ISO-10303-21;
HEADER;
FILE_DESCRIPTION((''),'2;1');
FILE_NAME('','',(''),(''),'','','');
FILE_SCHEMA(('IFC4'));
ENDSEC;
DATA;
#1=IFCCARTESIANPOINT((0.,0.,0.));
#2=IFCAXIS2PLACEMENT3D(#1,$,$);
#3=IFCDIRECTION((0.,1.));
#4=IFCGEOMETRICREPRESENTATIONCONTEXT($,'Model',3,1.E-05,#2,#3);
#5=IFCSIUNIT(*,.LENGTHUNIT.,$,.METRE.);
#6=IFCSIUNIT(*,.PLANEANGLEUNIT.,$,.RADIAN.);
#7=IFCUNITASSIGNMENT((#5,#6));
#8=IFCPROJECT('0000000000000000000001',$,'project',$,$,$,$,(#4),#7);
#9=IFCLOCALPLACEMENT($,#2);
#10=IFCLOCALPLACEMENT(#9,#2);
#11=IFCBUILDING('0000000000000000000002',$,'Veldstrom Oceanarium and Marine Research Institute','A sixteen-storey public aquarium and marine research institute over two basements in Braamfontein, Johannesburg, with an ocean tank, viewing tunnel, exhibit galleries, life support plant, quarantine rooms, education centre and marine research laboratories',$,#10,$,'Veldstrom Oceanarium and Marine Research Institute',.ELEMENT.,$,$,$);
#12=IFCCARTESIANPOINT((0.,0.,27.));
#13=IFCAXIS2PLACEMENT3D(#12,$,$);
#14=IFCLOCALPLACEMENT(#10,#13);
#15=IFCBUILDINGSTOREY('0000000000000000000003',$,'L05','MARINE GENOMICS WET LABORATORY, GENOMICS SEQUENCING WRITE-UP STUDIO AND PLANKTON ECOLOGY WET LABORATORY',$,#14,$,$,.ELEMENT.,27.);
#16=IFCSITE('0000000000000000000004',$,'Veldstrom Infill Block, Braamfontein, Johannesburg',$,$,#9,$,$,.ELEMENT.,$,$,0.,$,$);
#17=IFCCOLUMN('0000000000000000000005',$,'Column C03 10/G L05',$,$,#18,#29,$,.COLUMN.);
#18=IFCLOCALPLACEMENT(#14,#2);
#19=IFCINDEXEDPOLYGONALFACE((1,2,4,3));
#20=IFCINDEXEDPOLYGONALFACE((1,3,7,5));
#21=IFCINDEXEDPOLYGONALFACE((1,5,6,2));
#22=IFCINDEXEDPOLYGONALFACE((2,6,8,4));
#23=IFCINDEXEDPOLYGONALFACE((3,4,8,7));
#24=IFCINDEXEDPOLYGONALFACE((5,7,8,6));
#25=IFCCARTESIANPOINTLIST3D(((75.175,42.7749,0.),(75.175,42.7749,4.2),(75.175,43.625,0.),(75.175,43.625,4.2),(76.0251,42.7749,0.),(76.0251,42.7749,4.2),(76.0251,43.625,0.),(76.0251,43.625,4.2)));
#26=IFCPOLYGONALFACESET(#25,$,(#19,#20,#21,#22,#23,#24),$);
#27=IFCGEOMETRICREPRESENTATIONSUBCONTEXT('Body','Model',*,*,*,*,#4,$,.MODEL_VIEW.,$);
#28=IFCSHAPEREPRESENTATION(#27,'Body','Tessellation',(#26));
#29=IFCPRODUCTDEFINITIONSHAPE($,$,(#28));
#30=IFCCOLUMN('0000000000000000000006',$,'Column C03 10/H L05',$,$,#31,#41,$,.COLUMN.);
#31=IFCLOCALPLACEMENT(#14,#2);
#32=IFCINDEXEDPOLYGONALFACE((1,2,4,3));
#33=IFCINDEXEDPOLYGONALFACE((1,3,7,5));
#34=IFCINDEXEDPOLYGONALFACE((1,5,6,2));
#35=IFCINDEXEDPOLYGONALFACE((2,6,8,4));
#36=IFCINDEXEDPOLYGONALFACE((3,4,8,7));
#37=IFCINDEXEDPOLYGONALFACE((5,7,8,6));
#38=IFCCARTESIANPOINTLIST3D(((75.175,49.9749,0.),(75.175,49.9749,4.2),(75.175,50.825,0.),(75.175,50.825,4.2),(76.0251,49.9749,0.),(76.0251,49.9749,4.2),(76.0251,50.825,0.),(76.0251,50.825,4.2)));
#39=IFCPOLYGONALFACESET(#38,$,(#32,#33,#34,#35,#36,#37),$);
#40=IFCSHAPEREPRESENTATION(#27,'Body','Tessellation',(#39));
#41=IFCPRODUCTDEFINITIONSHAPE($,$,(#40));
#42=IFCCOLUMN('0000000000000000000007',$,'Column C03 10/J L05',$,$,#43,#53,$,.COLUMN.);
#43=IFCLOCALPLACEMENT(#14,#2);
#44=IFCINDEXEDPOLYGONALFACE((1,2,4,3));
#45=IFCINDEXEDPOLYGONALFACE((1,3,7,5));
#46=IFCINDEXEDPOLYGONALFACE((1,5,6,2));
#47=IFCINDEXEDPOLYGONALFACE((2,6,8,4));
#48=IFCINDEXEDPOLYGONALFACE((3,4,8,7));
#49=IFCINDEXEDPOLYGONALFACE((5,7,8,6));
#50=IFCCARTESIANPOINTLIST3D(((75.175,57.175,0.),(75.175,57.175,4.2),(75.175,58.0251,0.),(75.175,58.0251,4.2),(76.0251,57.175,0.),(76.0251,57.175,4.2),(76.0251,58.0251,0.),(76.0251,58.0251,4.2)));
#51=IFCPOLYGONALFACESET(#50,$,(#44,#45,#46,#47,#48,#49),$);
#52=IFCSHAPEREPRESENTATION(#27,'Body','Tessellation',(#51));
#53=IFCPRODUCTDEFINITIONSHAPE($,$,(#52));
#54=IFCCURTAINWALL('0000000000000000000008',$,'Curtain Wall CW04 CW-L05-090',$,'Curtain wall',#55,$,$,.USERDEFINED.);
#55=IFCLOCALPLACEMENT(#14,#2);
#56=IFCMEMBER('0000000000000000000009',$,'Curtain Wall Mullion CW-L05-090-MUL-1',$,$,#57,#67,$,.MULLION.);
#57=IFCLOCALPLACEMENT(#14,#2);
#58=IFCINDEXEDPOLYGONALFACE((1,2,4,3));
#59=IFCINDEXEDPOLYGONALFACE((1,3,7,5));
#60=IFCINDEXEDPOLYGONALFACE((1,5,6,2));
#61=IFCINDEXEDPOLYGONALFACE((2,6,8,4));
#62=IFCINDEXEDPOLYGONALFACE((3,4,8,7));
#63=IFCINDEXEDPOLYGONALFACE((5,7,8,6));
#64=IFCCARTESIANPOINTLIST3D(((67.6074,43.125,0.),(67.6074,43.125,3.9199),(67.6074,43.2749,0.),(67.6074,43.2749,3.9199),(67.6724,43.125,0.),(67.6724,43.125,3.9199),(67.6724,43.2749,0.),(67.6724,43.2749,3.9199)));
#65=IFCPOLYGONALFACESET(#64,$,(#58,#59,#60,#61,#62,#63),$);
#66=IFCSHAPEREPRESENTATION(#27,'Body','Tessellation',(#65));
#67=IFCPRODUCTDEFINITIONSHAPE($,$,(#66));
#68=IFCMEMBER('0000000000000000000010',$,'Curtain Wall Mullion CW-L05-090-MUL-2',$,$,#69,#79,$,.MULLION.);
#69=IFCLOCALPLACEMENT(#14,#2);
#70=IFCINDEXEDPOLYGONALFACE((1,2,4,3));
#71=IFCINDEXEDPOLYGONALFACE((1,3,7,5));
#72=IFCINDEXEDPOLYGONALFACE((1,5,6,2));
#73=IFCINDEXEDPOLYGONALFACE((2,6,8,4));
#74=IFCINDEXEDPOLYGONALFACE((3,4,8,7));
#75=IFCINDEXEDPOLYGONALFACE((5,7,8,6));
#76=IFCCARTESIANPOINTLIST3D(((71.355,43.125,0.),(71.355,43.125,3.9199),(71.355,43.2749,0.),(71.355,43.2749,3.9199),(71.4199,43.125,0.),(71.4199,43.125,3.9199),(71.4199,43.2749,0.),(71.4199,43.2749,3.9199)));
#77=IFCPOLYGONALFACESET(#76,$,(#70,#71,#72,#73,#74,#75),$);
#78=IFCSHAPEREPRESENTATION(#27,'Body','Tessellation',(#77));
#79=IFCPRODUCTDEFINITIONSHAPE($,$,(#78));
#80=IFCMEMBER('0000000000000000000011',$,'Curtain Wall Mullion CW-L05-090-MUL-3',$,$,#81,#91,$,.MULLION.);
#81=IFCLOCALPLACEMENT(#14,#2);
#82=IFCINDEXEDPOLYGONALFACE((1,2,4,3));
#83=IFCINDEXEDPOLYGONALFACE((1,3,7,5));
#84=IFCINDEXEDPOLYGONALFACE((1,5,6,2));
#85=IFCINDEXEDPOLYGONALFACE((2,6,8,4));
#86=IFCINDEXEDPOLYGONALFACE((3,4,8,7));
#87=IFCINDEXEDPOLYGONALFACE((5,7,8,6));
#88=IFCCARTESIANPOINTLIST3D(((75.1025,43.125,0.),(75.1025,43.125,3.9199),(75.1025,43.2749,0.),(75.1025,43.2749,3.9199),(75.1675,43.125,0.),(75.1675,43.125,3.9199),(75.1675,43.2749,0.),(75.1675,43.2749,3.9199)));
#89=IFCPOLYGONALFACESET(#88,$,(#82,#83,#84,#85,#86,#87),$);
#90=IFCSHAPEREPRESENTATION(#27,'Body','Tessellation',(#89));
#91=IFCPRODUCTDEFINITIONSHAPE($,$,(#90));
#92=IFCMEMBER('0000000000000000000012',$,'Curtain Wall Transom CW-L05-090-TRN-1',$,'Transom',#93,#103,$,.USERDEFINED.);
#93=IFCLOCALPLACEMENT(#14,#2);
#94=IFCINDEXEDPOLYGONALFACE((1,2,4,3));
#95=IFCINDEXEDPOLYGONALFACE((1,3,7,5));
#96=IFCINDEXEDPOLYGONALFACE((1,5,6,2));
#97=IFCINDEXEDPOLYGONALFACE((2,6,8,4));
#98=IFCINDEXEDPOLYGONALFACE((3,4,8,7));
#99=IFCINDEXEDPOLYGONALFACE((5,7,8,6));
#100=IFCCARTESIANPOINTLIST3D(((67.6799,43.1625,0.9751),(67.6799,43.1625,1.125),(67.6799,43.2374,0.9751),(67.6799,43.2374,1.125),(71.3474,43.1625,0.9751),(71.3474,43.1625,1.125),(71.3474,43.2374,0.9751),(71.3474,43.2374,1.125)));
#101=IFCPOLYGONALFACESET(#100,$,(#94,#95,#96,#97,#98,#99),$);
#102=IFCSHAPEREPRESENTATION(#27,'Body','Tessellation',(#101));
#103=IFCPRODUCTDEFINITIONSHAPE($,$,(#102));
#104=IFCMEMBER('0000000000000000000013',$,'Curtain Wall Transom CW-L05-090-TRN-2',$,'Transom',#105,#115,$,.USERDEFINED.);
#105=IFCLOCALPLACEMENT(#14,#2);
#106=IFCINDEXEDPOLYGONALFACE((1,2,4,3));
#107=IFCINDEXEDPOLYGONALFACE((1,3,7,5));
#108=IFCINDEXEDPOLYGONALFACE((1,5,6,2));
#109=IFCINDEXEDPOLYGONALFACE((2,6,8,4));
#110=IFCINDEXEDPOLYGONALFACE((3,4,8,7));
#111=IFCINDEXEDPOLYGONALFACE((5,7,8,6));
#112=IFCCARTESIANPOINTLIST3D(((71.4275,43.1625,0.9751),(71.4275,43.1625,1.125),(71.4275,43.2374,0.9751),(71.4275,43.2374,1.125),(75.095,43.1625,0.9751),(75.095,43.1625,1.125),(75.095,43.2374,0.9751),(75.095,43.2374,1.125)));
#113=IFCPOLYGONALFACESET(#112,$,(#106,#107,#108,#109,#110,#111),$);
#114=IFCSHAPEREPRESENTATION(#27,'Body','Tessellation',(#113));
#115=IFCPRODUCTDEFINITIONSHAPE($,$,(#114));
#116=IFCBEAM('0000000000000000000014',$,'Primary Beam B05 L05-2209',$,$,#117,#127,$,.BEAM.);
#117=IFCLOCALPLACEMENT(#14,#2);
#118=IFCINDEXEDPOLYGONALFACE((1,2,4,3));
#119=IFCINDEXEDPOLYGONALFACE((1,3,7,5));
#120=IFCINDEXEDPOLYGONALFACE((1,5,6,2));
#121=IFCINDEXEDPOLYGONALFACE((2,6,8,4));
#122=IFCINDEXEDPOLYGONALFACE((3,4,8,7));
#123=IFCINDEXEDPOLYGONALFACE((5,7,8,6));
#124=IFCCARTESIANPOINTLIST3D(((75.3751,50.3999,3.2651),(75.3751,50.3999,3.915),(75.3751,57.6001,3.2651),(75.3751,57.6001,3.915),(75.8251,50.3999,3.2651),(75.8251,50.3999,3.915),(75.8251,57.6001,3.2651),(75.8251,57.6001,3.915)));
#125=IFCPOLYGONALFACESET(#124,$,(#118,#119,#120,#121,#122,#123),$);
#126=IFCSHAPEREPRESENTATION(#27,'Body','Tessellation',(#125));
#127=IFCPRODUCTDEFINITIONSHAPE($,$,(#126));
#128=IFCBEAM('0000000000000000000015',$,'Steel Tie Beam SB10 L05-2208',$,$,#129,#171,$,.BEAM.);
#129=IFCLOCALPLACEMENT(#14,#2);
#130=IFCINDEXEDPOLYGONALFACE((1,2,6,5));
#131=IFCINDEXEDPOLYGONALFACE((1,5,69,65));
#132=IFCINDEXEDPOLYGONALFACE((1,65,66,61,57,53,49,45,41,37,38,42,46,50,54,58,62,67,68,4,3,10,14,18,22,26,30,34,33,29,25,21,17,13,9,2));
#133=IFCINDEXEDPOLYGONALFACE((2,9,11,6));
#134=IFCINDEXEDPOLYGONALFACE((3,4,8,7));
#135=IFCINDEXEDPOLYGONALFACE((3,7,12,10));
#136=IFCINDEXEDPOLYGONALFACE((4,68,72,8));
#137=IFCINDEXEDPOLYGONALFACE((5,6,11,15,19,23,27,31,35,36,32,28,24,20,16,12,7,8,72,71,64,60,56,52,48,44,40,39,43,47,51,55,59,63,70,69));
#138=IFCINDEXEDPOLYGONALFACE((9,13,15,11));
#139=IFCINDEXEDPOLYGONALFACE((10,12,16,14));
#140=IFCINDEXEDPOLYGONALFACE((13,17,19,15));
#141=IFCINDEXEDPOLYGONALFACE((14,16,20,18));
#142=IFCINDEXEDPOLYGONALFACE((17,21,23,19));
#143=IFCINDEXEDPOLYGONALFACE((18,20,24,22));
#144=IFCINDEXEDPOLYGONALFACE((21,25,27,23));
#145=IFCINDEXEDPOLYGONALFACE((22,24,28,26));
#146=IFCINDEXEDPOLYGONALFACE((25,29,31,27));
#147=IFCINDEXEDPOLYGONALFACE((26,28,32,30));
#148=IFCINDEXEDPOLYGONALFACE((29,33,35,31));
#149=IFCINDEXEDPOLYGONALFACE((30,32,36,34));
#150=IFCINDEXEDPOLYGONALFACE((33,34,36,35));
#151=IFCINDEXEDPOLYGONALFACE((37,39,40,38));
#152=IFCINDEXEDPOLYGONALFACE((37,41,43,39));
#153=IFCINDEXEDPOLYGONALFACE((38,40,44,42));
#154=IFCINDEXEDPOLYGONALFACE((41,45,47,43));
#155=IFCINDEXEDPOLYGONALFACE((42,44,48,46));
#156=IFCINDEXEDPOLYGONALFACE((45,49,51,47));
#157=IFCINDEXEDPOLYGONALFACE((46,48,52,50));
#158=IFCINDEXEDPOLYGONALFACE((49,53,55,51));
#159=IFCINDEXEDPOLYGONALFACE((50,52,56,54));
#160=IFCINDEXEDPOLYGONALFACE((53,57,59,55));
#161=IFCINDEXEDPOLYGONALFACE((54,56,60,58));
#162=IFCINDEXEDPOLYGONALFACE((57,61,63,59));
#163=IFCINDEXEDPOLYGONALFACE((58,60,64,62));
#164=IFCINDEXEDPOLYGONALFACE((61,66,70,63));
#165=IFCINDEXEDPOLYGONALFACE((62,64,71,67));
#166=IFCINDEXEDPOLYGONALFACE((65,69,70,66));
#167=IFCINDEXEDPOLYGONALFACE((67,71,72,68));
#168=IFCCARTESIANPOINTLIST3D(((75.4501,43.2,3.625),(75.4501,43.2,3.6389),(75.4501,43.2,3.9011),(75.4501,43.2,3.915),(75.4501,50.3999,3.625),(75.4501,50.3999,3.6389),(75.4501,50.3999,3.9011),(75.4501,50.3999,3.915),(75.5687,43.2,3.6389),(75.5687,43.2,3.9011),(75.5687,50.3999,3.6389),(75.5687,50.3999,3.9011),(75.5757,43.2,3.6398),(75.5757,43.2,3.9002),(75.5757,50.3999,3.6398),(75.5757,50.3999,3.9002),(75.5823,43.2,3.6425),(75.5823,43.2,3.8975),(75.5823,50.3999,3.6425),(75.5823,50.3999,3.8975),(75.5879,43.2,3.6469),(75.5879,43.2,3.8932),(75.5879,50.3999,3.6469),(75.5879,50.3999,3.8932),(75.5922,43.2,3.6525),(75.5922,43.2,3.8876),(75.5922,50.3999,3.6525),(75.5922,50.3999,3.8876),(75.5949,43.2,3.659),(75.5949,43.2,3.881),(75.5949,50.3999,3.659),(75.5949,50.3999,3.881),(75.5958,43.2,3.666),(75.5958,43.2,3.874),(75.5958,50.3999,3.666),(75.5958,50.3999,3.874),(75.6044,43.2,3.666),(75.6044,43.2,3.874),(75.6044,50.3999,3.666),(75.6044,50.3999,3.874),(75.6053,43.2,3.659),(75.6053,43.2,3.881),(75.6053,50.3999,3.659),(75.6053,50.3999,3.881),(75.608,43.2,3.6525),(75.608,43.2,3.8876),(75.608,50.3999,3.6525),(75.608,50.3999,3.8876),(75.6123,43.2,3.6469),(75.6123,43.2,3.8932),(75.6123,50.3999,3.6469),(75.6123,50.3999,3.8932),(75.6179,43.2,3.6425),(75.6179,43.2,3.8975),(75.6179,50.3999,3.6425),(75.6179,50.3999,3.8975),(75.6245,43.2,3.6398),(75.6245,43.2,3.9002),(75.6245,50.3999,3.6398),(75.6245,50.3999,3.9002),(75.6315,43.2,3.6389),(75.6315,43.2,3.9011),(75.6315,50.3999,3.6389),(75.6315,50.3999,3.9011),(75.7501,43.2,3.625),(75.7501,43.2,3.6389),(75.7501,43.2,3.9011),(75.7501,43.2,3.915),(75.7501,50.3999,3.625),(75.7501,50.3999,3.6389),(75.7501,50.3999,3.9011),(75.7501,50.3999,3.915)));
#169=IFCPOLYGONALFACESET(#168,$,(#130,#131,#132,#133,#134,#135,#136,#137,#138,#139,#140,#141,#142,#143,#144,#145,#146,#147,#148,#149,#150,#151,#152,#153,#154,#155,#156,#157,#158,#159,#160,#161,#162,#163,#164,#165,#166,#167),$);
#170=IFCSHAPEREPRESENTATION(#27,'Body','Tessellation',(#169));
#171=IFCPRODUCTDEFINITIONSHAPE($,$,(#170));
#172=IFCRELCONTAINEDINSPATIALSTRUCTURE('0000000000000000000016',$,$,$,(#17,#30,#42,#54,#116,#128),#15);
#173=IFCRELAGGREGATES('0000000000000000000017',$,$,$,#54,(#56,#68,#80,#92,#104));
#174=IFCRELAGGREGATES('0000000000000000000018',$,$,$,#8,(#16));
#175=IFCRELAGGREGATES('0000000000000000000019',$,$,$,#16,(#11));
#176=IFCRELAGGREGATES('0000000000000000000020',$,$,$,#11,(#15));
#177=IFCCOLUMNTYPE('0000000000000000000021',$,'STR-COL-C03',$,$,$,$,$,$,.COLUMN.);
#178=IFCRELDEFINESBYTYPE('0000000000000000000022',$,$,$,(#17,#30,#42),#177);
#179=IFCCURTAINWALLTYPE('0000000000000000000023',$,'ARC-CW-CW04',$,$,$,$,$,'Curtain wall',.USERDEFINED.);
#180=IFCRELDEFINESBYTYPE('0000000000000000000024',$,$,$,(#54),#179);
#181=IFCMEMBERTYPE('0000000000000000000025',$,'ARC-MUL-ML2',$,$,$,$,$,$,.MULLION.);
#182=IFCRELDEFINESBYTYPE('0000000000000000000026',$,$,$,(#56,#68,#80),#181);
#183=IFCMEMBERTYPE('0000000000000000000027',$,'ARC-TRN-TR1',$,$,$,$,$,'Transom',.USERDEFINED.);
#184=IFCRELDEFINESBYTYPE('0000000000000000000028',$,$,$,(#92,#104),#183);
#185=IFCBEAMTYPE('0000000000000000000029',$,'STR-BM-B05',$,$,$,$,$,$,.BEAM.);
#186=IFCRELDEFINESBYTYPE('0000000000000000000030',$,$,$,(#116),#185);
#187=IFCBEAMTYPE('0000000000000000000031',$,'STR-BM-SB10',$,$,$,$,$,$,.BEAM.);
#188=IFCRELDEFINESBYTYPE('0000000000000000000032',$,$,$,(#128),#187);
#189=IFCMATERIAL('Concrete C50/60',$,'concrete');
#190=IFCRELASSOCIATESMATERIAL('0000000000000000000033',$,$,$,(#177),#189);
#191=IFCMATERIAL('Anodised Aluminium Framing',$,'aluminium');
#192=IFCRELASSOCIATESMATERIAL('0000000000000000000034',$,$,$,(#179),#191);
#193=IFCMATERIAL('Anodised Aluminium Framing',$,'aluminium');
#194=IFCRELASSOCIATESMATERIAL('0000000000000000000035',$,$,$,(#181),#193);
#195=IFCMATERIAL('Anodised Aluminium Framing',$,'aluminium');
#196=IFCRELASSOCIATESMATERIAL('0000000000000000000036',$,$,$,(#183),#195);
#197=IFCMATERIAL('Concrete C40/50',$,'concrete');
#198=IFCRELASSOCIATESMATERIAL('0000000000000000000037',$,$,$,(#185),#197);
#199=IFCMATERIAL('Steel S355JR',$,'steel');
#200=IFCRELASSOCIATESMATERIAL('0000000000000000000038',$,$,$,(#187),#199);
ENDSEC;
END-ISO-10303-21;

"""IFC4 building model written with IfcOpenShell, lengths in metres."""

from ifc_helpers import new_model, si_unit, direction, frame, origin, origin_2d, place, context, subcontext, project, spatial, rectangle, i_section, extrude, material, material_profile, profile_set, type_object, element, aggregate, save


model = new_model("IFC4")

# Units and contexts
model_context = context("Model", 3, precision=1e-05, world=origin(), true_north=direction((0.0, 1.0)))
body_context = subcontext(model_context, "Body", "Model", "MODEL_VIEW")
ifc_project = project(units=[si_unit("LENGTHUNIT", "METRE"), si_unit("PLANEANGLEUNIT", "RADIAN")], contexts=[model_context])

# Site, building, storey
site_placement = place(None, origin())
site = spatial("IfcSite", under=ifc_project, at=site_placement, Name="Veldstrom Infill Block, Braamfontein, Johannesburg", CompositionType="ELEMENT", RefElevation=0.0)
building_placement = place(site_placement, origin())
building = spatial("IfcBuilding", under=site, at=building_placement, Name="Veldstrom Oceanarium and Marine Research Institute", Description="A sixteen-storey public aquarium and marine research institute over two basements in Braamfontein, Johannesburg, with an ocean tank, viewing tunnel, exhibit galleries, life support plant, quarantine rooms, education centre and marine research laboratories", LongName="Veldstrom Oceanarium and Marine Research Institute", CompositionType="ELEMENT")
storey_placement = place(building_placement, frame((0.0, 0.0, 27.0)))
storey = spatial("IfcBuildingStorey", under=building, at=storey_placement, Name="L05", Description="MARINE GENOMICS WET LABORATORY, GENOMICS SEQUENCING WRITE-UP STUDIO AND PLANKTON ECOLOGY WET LABORATORY", CompositionType="ELEMENT", Elevation=27.0)

# Columns
ifc_material_1 = material(Name="Concrete C50/60", Category="concrete")
ifc_material_profile_1 = material_profile(ifc_material_1, rectangle(XDim=0.8501, YDim=0.8501, at=origin_2d()), Name="RC-COL-850x850")
ifc_profile_set_1 = profile_set([ifc_material_profile_1], Name="Concrete C50/60")
column_type = type_object("IfcColumnType", Name="STR-COL-C03", PredefinedType="COLUMN", material=ifc_profile_set_1)
for number, where, z_axis, x_axis, name in (
    (1, (75.6001, 43.2, 0.0), (0.0, 0.0, 1.0), (1.0, 0.0, 0.0), "Column C03 10/G L05"),
    (2, (75.6001, 50.3999, 0.0), (0.0, 0.0, 1.0), (1.0, 0.0, 0.0), "Column C03 10/H L05"),
    (3, (75.6001, 57.6001, 0.0), (0.0, 0.0, 1.0), (1.0, 0.0, 0.0), "Column C03 10/J L05"),
):
    element("IfcColumn", number, at=place(storey_placement, frame(where, z_axis=z_axis, x_axis=x_axis)), inside=storey, type_object=column_type, Name=name, PredefinedType="COLUMN", context=body_context, shape_type="SweptSolid", body=[
        extrude(rectangle(XDim=0.8501, YDim=0.8501, at=origin_2d()), origin(), (0.0, 0.0, 1.0), 4.2),
    ])

# Curtain wall, members
ifc_material_2 = material(Name="Anodised Aluminium Framing", Category="aluminium")
curtain_wall_type = type_object("IfcCurtainWallType", Name="ARC-CW-CW04", ElementType="Curtain wall", PredefinedType="USERDEFINED", material=ifc_material_2)
curtain_wall_placement = place(storey_placement, origin())
curtain_wall = element("IfcCurtainWall", 4, at=curtain_wall_placement, inside=storey, type_object=curtain_wall_type, Name="Curtain Wall CW04 CW-L05-090", ObjectType="Curtain wall", PredefinedType="USERDEFINED")
ifc_material_3 = material(Name="Anodised Aluminium Framing", Category="aluminium")
ifc_material_profile_2 = material_profile(ifc_material_3, rectangle(XDim=0.0649, YDim=0.1499, at=origin_2d()), Name="ALU-MUL-65x150")
ifc_profile_set_2 = profile_set([ifc_material_profile_2], Name="Anodised Aluminium Framing")
member_type_1 = type_object("IfcMemberType", Name="ARC-MUL-ML2", PredefinedType="MULLION", material=ifc_profile_set_2)
member_1_placement = place(storey_placement, frame((67.6399, 43.2, 0.0), z_axis=(0.0, 0.0, 1.0), x_axis=(1.0, 0.0, 0.0)))
member_1 = element("IfcMember", 5, at=member_1_placement, type_object=member_type_1, Name="Curtain Wall Mullion CW-L05-090-MUL-1", PredefinedType="MULLION", context=body_context, shape_type="SweptSolid", body=[
    extrude(rectangle(XDim=0.0649, YDim=0.1499, at=origin_2d()), origin(), (0.0, 0.0, 1.0), 3.9199),
])
member_2_placement = place(storey_placement, frame((71.3875, 43.2, 0.0), z_axis=(0.0, 0.0, 1.0), x_axis=(1.0, 0.0, 0.0)))
member_2 = element("IfcMember", 6, at=member_2_placement, type_object=member_type_1, Name="Curtain Wall Mullion CW-L05-090-MUL-2", PredefinedType="MULLION", context=body_context, shape_type="SweptSolid", body=[
    extrude(rectangle(XDim=0.0649, YDim=0.1499, at=origin_2d()), origin(), (0.0, 0.0, 1.0), 3.9199),
])
member_3_placement = place(storey_placement, frame((75.135, 43.2, 0.0), z_axis=(0.0, 0.0, 1.0), x_axis=(1.0, 0.0, 0.0)))
member_3 = element("IfcMember", 7, at=member_3_placement, type_object=member_type_1, Name="Curtain Wall Mullion CW-L05-090-MUL-3", PredefinedType="MULLION", context=body_context, shape_type="SweptSolid", body=[
    extrude(rectangle(XDim=0.0649, YDim=0.1499, at=origin_2d()), origin(), (0.0, 0.0, 1.0), 3.9199),
])
ifc_material_4 = material(Name="Anodised Aluminium Framing", Category="aluminium")
ifc_material_profile_3 = material_profile(ifc_material_4, rectangle(XDim=0.075, YDim=0.1499, at=origin_2d()), Name="ALU-TRN-75x150")
ifc_profile_set_3 = profile_set([ifc_material_profile_3], Name="Anodised Aluminium Framing")
member_type_2 = type_object("IfcMemberType", Name="ARC-TRN-TR1", ElementType="Transom", PredefinedType="USERDEFINED", material=ifc_profile_set_3)
member_4_placement = place(storey_placement, frame((67.6799, 43.2, 1.05), z_axis=(1.0, 0.0, 0.0), x_axis=(0.0, 1.0, 0.0)))
member_4 = element("IfcMember", 8, at=member_4_placement, type_object=member_type_2, Name="Curtain Wall Transom CW-L05-090-TRN-1", ObjectType="Transom", PredefinedType="USERDEFINED", context=body_context, shape_type="SweptSolid", body=[
    extrude(rectangle(XDim=0.075, YDim=0.1499, at=origin_2d()), origin(), (0.0, 0.0, 1.0), 3.6675),
])
member_5_placement = place(storey_placement, frame((71.4275, 43.2, 1.05), z_axis=(1.0, 0.0, 0.0), x_axis=(0.0, 1.0, 0.0)))
member_5 = element("IfcMember", 9, at=member_5_placement, type_object=member_type_2, Name="Curtain Wall Transom CW-L05-090-TRN-2", ObjectType="Transom", PredefinedType="USERDEFINED", context=body_context, shape_type="SweptSolid", body=[
    extrude(rectangle(XDim=0.075, YDim=0.1499, at=origin_2d()), origin(), (0.0, 0.0, 1.0), 3.6675),
])

# Beams
ifc_material_5 = material(Name="Concrete C40/50", Category="concrete")
ifc_material_profile_4 = material_profile(ifc_material_5, rectangle(XDim=0.45, YDim=0.6499, at=origin_2d()), Name="RC-BM-450x650")
ifc_profile_set_4 = profile_set([ifc_material_profile_4], Name="Concrete C40/50")
beam_type_1 = type_object("IfcBeamType", Name="STR-BM-B05", PredefinedType="BEAM", material=ifc_profile_set_4)
beam_1_placement = place(storey_placement, frame((75.6001, 50.3999, 3.5901), z_axis=(0.0, 1.0, 0.0), x_axis=(-1.0, 0.0, 0.0)))
element("IfcBeam", 10, at=beam_1_placement, inside=storey, type_object=beam_type_1, Name="Primary Beam B05 L05-2209", PredefinedType="BEAM", context=body_context, shape_type="SweptSolid", body=[
    extrude(rectangle(XDim=0.45, YDim=0.6499, at=origin_2d()), origin(), (0.0, 0.0, 1.0), 7.2002),
])
ifc_material_6 = material(Name="Steel S355JR", Category="steel")
ifc_material_profile_5 = material_profile(ifc_material_6, i_section(OverallWidth=0.3, OverallDepth=0.29, WebThickness=0.0085, FlangeThickness=0.0139, FilletRadius=0.0271, at=origin_2d()), Name="HEA 300")
ifc_profile_set_5 = profile_set([ifc_material_profile_5], Name="Steel S355JR")
beam_type_2 = type_object("IfcBeamType", Name="STR-BM-SB10", PredefinedType="BEAM", material=ifc_profile_set_5)
beam_2_placement = place(storey_placement, frame((75.6001, 43.2, 3.77), z_axis=(0.0, 1.0, 0.0), x_axis=(-1.0, 0.0, 0.0)))
element("IfcBeam", 11, at=beam_2_placement, inside=storey, type_object=beam_type_2, Name="Steel Tie Beam SB10 L05-2208", PredefinedType="BEAM", context=body_context, shape_type="SweptSolid", body=[
    extrude(i_section(OverallWidth=0.3, OverallDepth=0.29, WebThickness=0.0085, FlangeThickness=0.0139, FilletRadius=0.0271, at=origin_2d()), origin(), (0.0, 0.0, 1.0), 7.2),
])

aggregate(curtain_wall, [member_1, member_2, member_3, member_4, member_5])

save(model, "model.ifc")
